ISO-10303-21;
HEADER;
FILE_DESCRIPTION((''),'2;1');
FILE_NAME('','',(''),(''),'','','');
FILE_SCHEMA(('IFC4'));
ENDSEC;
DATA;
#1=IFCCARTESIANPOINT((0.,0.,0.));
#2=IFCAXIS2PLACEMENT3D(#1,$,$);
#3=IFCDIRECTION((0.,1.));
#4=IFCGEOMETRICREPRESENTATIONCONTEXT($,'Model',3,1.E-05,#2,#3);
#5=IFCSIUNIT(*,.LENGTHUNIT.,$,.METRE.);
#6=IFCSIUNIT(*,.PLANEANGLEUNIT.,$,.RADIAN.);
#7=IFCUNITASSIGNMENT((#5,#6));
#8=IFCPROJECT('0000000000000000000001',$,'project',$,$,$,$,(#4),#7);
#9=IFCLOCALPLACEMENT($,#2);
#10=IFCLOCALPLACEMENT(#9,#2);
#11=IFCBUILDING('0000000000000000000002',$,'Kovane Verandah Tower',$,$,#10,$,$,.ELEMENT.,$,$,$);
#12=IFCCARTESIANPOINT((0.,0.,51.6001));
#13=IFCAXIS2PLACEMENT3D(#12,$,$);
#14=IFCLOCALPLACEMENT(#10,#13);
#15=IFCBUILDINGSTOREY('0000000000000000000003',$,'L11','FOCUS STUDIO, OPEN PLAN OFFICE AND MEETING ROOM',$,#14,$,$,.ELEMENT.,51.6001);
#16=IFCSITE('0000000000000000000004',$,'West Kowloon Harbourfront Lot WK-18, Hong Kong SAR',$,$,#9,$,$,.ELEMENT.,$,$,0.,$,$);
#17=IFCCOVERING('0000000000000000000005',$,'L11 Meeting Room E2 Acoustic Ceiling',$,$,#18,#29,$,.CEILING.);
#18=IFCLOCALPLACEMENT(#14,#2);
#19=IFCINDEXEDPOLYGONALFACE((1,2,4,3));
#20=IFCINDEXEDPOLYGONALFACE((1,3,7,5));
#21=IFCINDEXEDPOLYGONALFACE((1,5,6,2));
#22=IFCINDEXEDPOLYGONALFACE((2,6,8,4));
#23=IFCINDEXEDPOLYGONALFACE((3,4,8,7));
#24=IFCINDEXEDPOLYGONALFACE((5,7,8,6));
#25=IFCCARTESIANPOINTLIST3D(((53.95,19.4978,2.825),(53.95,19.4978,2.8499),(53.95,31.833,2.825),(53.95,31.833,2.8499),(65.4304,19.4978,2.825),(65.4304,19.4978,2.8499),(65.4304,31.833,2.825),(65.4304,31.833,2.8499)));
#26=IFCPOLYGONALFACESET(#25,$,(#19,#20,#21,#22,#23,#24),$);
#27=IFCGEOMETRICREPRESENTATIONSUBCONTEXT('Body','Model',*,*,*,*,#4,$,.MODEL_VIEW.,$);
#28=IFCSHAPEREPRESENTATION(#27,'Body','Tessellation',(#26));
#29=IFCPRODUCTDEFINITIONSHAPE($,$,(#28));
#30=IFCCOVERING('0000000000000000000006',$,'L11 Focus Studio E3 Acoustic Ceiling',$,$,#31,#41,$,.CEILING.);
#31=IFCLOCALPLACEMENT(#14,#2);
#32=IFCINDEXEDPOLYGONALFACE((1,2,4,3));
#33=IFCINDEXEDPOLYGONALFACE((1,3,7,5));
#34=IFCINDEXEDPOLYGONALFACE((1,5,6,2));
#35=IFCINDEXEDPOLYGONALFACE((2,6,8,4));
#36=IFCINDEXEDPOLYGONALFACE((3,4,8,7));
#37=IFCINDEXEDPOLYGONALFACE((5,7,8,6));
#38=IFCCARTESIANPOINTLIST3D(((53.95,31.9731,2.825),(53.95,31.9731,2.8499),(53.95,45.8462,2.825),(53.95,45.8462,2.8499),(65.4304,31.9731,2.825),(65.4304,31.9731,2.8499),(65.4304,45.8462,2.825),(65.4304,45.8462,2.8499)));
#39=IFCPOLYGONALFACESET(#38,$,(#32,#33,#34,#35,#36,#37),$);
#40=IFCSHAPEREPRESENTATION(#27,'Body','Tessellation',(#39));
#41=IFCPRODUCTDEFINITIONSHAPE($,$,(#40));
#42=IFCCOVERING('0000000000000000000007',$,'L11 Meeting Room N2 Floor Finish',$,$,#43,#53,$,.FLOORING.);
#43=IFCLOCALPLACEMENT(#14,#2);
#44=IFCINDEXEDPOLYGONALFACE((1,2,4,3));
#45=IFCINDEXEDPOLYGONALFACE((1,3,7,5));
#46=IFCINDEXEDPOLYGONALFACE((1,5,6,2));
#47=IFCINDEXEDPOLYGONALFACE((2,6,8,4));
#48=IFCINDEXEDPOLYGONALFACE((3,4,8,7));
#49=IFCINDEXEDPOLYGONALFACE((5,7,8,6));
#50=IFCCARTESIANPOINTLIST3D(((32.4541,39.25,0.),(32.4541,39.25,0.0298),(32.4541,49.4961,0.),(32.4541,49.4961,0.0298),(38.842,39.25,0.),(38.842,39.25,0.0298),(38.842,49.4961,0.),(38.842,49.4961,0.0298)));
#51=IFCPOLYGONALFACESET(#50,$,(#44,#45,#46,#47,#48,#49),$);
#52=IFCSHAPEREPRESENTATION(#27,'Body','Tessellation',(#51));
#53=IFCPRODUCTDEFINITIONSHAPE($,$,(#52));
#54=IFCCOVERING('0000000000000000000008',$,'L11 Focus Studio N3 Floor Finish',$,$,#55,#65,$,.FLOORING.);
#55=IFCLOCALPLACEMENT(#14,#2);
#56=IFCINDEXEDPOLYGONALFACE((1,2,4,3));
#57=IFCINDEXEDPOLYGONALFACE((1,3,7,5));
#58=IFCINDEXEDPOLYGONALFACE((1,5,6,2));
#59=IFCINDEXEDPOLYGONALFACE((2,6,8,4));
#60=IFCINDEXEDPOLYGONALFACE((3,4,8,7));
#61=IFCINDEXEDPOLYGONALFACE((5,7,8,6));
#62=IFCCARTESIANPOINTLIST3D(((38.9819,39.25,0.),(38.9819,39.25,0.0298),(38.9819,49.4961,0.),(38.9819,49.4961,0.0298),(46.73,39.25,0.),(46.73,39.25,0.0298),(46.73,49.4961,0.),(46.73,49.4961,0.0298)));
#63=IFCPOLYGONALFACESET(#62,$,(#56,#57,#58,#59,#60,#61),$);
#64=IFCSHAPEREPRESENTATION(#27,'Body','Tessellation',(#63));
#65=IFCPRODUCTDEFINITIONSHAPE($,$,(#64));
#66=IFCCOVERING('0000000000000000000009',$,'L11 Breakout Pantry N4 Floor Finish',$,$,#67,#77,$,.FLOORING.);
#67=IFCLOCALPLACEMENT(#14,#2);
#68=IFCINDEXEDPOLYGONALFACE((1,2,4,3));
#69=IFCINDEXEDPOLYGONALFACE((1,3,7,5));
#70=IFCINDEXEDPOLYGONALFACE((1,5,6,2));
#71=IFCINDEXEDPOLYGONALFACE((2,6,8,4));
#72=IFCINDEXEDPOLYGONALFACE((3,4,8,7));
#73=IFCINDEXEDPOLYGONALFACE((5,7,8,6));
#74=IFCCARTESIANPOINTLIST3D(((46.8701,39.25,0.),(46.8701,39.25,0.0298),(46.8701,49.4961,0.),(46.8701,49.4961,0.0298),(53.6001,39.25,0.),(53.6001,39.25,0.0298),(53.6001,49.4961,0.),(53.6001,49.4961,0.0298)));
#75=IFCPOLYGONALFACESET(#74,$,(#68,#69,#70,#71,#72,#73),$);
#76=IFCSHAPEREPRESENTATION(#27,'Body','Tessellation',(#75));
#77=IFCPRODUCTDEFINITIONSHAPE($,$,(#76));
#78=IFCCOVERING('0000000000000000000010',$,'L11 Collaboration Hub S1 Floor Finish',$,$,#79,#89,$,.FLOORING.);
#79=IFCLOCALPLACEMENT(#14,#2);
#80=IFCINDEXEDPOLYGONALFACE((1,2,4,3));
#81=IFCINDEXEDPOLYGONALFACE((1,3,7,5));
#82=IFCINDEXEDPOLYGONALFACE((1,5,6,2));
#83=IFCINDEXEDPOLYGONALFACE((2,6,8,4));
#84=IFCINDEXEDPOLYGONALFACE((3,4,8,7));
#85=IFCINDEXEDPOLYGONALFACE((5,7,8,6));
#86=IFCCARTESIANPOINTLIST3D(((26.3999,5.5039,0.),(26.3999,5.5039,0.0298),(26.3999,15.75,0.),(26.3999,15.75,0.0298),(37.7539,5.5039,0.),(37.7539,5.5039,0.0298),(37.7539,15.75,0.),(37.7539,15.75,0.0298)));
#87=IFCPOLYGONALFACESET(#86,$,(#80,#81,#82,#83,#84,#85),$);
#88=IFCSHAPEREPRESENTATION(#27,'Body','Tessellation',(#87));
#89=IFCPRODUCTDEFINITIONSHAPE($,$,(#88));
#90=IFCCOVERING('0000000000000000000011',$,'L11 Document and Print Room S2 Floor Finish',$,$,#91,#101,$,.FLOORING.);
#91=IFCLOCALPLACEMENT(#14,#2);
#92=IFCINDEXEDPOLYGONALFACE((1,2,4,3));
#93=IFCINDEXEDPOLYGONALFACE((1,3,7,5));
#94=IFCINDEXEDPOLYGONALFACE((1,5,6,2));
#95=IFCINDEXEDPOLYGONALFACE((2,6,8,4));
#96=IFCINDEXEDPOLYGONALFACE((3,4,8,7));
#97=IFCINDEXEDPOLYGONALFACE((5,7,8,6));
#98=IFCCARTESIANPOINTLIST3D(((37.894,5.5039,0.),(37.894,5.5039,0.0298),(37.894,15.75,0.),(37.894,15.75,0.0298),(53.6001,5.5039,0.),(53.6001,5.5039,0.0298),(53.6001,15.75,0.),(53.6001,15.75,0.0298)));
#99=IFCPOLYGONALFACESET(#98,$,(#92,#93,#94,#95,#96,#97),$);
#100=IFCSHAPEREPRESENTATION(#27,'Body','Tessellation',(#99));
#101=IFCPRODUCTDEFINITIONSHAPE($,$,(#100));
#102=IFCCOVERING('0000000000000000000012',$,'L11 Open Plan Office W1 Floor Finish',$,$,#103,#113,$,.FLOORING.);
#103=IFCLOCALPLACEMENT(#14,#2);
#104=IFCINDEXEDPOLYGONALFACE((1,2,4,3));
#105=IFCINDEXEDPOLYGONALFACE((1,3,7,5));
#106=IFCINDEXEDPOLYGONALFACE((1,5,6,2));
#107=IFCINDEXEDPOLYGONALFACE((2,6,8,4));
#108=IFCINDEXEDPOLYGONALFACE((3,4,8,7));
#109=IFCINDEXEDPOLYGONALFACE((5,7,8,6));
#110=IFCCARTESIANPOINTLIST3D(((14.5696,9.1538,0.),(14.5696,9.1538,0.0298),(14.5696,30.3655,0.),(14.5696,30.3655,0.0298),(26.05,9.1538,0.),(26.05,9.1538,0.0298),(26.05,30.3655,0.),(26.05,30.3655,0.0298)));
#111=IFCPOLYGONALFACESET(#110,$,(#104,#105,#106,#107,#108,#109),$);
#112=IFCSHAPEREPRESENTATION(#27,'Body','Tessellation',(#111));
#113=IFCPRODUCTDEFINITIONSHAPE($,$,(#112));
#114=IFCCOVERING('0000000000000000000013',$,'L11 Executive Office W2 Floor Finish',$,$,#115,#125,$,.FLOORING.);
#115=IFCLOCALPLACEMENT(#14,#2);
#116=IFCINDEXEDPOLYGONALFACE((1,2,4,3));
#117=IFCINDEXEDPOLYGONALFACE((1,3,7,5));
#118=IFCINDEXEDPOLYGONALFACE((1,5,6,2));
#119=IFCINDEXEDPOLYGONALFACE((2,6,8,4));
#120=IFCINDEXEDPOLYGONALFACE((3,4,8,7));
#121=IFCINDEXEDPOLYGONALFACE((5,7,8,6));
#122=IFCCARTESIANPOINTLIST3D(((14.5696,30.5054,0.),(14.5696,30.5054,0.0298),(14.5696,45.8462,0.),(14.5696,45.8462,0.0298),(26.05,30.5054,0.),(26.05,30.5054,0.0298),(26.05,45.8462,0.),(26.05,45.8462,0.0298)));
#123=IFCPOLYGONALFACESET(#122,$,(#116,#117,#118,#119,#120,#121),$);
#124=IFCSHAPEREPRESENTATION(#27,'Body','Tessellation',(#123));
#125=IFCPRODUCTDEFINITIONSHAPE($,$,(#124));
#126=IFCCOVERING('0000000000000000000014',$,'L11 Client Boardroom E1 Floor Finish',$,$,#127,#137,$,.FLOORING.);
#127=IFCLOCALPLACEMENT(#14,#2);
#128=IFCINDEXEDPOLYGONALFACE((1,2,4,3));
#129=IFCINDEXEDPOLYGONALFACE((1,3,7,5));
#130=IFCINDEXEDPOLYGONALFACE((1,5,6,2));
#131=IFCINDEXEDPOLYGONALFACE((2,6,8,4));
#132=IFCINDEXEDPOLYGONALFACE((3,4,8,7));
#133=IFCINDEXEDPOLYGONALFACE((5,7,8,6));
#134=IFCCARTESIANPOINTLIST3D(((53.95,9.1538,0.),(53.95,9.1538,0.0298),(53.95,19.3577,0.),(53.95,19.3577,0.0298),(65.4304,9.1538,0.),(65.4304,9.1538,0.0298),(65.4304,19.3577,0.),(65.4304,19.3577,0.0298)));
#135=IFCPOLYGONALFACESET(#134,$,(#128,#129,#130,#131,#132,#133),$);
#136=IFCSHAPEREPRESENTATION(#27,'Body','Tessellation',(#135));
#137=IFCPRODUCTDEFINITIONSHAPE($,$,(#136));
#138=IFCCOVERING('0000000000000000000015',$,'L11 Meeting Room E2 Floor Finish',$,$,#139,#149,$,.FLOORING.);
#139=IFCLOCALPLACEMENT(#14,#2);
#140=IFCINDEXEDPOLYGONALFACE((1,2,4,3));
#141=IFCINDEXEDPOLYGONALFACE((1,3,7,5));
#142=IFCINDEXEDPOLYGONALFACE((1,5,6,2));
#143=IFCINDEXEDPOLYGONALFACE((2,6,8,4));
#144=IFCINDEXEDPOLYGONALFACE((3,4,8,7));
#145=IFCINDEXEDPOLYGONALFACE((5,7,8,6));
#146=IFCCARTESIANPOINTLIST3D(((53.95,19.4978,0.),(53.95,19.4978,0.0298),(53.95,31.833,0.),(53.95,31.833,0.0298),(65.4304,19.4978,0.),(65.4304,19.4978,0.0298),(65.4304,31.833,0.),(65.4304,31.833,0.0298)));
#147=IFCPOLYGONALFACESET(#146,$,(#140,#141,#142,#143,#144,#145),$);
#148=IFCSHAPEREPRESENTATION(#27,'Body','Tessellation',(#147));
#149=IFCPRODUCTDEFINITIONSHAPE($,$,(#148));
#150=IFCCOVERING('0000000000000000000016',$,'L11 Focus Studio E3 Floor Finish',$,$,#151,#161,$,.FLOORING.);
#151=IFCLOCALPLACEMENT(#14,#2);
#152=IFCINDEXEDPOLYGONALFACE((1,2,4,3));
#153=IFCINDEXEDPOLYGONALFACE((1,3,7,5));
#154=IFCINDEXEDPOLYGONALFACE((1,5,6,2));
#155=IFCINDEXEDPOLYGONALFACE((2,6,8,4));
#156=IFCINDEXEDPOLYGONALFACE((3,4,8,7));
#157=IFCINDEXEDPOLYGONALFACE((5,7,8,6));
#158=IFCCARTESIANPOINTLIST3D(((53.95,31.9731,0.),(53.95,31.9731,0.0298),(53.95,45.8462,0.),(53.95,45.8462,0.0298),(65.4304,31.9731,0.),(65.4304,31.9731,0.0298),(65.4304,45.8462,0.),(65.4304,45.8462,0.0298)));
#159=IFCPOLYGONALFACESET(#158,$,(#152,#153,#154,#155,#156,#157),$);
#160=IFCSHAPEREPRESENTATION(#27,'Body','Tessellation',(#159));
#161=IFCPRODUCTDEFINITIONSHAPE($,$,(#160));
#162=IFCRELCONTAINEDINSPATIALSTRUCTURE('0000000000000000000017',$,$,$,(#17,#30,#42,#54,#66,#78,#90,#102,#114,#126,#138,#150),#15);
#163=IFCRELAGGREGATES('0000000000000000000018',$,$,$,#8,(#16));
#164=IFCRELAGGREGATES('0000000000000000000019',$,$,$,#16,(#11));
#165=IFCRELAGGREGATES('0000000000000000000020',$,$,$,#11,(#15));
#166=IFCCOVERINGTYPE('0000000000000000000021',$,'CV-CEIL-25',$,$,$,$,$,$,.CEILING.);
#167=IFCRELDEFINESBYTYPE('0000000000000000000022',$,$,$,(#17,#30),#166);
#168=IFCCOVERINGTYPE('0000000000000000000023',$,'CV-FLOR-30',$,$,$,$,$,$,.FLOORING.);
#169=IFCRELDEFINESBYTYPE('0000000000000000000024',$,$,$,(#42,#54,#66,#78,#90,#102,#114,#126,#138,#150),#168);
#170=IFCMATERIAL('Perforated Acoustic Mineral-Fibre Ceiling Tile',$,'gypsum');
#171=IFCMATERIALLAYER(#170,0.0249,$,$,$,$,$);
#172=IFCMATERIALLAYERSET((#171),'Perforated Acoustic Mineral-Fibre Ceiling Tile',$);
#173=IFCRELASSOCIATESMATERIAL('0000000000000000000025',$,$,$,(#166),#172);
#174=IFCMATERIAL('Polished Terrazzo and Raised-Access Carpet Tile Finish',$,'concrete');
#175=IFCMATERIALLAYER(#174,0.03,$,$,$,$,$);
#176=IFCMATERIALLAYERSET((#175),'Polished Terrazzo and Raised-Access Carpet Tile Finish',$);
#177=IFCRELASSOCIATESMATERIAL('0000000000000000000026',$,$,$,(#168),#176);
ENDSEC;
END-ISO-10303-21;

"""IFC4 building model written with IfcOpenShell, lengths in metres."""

from ifc_helpers import new_model, si_unit, direction, frame, origin, place, context, subcontext, project, spatial, polyline, outline, extrude, material, layer, layer_set, type_object, element, save


model = new_model("IFC4")

# Units and contexts
model_context = context("Model", 3, precision=1e-05, world=origin(), true_north=direction((0.0, 1.0)))
body_context = subcontext(model_context, "Body", "Model", "MODEL_VIEW")
ifc_project = project(units=[si_unit("LENGTHUNIT", "METRE"), si_unit("PLANEANGLEUNIT", "RADIAN")], contexts=[model_context])

# Site, building, storey
site_placement = place(None, origin())
site = spatial("IfcSite", under=ifc_project, at=site_placement, Name="West Kowloon Harbourfront Lot WK-18, Hong Kong SAR", CompositionType="ELEMENT", RefElevation=0.0)
building_placement = place(site_placement, origin())
building = spatial("IfcBuilding", under=site, at=building_placement, Name="Kovane Verandah Tower", CompositionType="ELEMENT")
storey_placement = place(building_placement, frame((0.0, 0.0, 51.6001)))
storey = spatial("IfcBuildingStorey", under=building, at=storey_placement, Name="L11", Description="FOCUS STUDIO, OPEN PLAN OFFICE AND MEETING ROOM", CompositionType="ELEMENT", Elevation=51.6001)

# Coverings
ifc_material_1 = material(Name="Perforated Acoustic Mineral-Fibre Ceiling Tile", Category="gypsum")
ifc_layer_1 = layer(ifc_material_1, 0.0249)
ifc_layer_set_1 = layer_set([ifc_layer_1], Name="Perforated Acoustic Mineral-Fibre Ceiling Tile")
covering_type_1 = type_object("IfcCoveringType", Name="CV-CEIL-25", PredefinedType="CEILING", material=ifc_layer_set_1)
covering_1_placement = place(storey_placement, frame((0.0, 0.0, 2.825)))
element("IfcCovering", 1, at=covering_1_placement, inside=storey, type_object=covering_type_1, Name="L11 Meeting Room E2 Acoustic Ceiling", PredefinedType="CEILING", context=body_context, shape_type="SweptSolid", body=[
    extrude(outline(polyline([(53.95, 19.4978), (65.4304, 19.4978), (65.4304, 31.833), (53.95, 31.833), (53.95, 19.4978)])), origin(), (0.0, 0.0, 1.0), 0.0249),
])
covering_2_placement = place(storey_placement, frame((0.0, 0.0, 2.825)))
element("IfcCovering", 2, at=covering_2_placement, inside=storey, type_object=covering_type_1, Name="L11 Focus Studio E3 Acoustic Ceiling", PredefinedType="CEILING", context=body_context, shape_type="SweptSolid", body=[
    extrude(outline(polyline([(53.95, 31.9731), (65.4304, 31.9731), (65.4304, 45.8462), (53.95, 45.8462), (53.95, 31.9731)])), origin(), (0.0, 0.0, 1.0), 0.0249),
])
ifc_material_2 = material(Name="Polished Terrazzo and Raised-Access Carpet Tile Finish", Category="concrete")
ifc_layer_2 = layer(ifc_material_2, 0.03)
ifc_layer_set_2 = layer_set([ifc_layer_2], Name="Polished Terrazzo and Raised-Access Carpet Tile Finish")
covering_type_2 = type_object("IfcCoveringType", Name="CV-FLOR-30", PredefinedType="FLOORING", material=ifc_layer_set_2)
covering_3_placement = place(storey_placement, origin())
element("IfcCovering", 3, at=covering_3_placement, inside=storey, type_object=covering_type_2, Name="L11 Meeting Room N2 Floor Finish", PredefinedType="FLOORING", context=body_context, shape_type="SweptSolid", body=[
    extrude(outline(polyline([(32.4541, 39.25), (38.842, 39.25), (38.842, 49.4961), (32.4541, 49.4961), (32.4541, 39.25)])), origin(), (0.0, 0.0, 1.0), 0.0298),
])
covering_4_placement = place(storey_placement, origin())
element("IfcCovering", 4, at=covering_4_placement, inside=storey, type_object=covering_type_2, Name="L11 Focus Studio N3 Floor Finish", PredefinedType="FLOORING", context=body_context, shape_type="SweptSolid", body=[
    extrude(outline(polyline([(38.9819, 39.25), (46.73, 39.25), (46.73, 49.4961), (38.9819, 49.4961), (38.9819, 39.25)])), origin(), (0.0, 0.0, 1.0), 0.0298),
])
covering_5_placement = place(storey_placement, origin())
element("IfcCovering", 5, at=covering_5_placement, inside=storey, type_object=covering_type_2, Name="L11 Breakout Pantry N4 Floor Finish", PredefinedType="FLOORING", context=body_context, shape_type="SweptSolid", body=[
    extrude(outline(polyline([(46.8701, 39.25), (53.6001, 39.25), (53.6001, 49.4961), (46.8701, 49.4961), (46.8701, 39.25)])), origin(), (0.0, 0.0, 1.0), 0.0298),
])
covering_6_placement = place(storey_placement, origin())
element("IfcCovering", 6, at=covering_6_placement, inside=storey, type_object=covering_type_2, Name="L11 Collaboration Hub S1 Floor Finish", PredefinedType="FLOORING", context=body_context, shape_type="SweptSolid", body=[
    extrude(outline(polyline([(26.3999, 5.5039), (37.7539, 5.5039), (37.7539, 15.75), (26.3999, 15.75), (26.3999, 5.5039)])), origin(), (0.0, 0.0, 1.0), 0.0298),
])
covering_7_placement = place(storey_placement, origin())
element("IfcCovering", 7, at=covering_7_placement, inside=storey, type_object=covering_type_2, Name="L11 Document and Print Room S2 Floor Finish", PredefinedType="FLOORING", context=body_context, shape_type="SweptSolid", body=[
    extrude(outline(polyline([(37.894, 5.5039), (53.6001, 5.5039), (53.6001, 15.75), (37.894, 15.75), (37.894, 5.5039)])), origin(), (0.0, 0.0, 1.0), 0.0298),
])
covering_8_placement = place(storey_placement, origin())
element("IfcCovering", 8, at=covering_8_placement, inside=storey, type_object=covering_type_2, Name="L11 Open Plan Office W1 Floor Finish", PredefinedType="FLOORING", context=body_context, shape_type="SweptSolid", body=[
    extrude(outline(polyline([(14.5696, 9.1538), (26.05, 9.1538), (26.05, 30.3655), (14.5696, 30.3655), (14.5696, 9.1538)])), origin(), (0.0, 0.0, 1.0), 0.0298),
])
covering_9_placement = place(storey_placement, origin())
element("IfcCovering", 9, at=covering_9_placement, inside=storey, type_object=covering_type_2, Name="L11 Executive Office W2 Floor Finish", PredefinedType="FLOORING", context=body_context, shape_type="SweptSolid", body=[
    extrude(outline(polyline([(14.5696, 30.5054), (26.05, 30.5054), (26.05, 45.8462), (14.5696, 45.8462), (14.5696, 30.5054)])), origin(), (0.0, 0.0, 1.0), 0.0298),
])
covering_10_placement = place(storey_placement, origin())
element("IfcCovering", 10, at=covering_10_placement, inside=storey, type_object=covering_type_2, Name="L11 Client Boardroom E1 Floor Finish", PredefinedType="FLOORING", context=body_context, shape_type="SweptSolid", body=[
    extrude(outline(polyline([(53.95, 9.1538), (65.4304, 9.1538), (65.4304, 19.3577), (53.95, 19.3577), (53.95, 9.1538)])), origin(), (0.0, 0.0, 1.0), 0.0298),
])
covering_11_placement = place(storey_placement, origin())
element("IfcCovering", 11, at=covering_11_placement, inside=storey, type_object=covering_type_2, Name="L11 Meeting Room E2 Floor Finish", PredefinedType="FLOORING", context=body_context, shape_type="SweptSolid", body=[
    extrude(outline(polyline([(53.95, 19.4978), (65.4304, 19.4978), (65.4304, 31.833), (53.95, 31.833), (53.95, 19.4978)])), origin(), (0.0, 0.0, 1.0), 0.0298),
])
covering_12_placement = place(storey_placement, origin())
element("IfcCovering", 12, at=covering_12_placement, inside=storey, type_object=covering_type_2, Name="L11 Focus Studio E3 Floor Finish", PredefinedType="FLOORING", context=body_context, shape_type="SweptSolid", body=[
    extrude(outline(polyline([(53.95, 31.9731), (65.4304, 31.9731), (65.4304, 45.8462), (53.95, 45.8462), (53.95, 31.9731)])), origin(), (0.0, 0.0, 1.0), 0.0298),
])

save(model, "model.ifc")
